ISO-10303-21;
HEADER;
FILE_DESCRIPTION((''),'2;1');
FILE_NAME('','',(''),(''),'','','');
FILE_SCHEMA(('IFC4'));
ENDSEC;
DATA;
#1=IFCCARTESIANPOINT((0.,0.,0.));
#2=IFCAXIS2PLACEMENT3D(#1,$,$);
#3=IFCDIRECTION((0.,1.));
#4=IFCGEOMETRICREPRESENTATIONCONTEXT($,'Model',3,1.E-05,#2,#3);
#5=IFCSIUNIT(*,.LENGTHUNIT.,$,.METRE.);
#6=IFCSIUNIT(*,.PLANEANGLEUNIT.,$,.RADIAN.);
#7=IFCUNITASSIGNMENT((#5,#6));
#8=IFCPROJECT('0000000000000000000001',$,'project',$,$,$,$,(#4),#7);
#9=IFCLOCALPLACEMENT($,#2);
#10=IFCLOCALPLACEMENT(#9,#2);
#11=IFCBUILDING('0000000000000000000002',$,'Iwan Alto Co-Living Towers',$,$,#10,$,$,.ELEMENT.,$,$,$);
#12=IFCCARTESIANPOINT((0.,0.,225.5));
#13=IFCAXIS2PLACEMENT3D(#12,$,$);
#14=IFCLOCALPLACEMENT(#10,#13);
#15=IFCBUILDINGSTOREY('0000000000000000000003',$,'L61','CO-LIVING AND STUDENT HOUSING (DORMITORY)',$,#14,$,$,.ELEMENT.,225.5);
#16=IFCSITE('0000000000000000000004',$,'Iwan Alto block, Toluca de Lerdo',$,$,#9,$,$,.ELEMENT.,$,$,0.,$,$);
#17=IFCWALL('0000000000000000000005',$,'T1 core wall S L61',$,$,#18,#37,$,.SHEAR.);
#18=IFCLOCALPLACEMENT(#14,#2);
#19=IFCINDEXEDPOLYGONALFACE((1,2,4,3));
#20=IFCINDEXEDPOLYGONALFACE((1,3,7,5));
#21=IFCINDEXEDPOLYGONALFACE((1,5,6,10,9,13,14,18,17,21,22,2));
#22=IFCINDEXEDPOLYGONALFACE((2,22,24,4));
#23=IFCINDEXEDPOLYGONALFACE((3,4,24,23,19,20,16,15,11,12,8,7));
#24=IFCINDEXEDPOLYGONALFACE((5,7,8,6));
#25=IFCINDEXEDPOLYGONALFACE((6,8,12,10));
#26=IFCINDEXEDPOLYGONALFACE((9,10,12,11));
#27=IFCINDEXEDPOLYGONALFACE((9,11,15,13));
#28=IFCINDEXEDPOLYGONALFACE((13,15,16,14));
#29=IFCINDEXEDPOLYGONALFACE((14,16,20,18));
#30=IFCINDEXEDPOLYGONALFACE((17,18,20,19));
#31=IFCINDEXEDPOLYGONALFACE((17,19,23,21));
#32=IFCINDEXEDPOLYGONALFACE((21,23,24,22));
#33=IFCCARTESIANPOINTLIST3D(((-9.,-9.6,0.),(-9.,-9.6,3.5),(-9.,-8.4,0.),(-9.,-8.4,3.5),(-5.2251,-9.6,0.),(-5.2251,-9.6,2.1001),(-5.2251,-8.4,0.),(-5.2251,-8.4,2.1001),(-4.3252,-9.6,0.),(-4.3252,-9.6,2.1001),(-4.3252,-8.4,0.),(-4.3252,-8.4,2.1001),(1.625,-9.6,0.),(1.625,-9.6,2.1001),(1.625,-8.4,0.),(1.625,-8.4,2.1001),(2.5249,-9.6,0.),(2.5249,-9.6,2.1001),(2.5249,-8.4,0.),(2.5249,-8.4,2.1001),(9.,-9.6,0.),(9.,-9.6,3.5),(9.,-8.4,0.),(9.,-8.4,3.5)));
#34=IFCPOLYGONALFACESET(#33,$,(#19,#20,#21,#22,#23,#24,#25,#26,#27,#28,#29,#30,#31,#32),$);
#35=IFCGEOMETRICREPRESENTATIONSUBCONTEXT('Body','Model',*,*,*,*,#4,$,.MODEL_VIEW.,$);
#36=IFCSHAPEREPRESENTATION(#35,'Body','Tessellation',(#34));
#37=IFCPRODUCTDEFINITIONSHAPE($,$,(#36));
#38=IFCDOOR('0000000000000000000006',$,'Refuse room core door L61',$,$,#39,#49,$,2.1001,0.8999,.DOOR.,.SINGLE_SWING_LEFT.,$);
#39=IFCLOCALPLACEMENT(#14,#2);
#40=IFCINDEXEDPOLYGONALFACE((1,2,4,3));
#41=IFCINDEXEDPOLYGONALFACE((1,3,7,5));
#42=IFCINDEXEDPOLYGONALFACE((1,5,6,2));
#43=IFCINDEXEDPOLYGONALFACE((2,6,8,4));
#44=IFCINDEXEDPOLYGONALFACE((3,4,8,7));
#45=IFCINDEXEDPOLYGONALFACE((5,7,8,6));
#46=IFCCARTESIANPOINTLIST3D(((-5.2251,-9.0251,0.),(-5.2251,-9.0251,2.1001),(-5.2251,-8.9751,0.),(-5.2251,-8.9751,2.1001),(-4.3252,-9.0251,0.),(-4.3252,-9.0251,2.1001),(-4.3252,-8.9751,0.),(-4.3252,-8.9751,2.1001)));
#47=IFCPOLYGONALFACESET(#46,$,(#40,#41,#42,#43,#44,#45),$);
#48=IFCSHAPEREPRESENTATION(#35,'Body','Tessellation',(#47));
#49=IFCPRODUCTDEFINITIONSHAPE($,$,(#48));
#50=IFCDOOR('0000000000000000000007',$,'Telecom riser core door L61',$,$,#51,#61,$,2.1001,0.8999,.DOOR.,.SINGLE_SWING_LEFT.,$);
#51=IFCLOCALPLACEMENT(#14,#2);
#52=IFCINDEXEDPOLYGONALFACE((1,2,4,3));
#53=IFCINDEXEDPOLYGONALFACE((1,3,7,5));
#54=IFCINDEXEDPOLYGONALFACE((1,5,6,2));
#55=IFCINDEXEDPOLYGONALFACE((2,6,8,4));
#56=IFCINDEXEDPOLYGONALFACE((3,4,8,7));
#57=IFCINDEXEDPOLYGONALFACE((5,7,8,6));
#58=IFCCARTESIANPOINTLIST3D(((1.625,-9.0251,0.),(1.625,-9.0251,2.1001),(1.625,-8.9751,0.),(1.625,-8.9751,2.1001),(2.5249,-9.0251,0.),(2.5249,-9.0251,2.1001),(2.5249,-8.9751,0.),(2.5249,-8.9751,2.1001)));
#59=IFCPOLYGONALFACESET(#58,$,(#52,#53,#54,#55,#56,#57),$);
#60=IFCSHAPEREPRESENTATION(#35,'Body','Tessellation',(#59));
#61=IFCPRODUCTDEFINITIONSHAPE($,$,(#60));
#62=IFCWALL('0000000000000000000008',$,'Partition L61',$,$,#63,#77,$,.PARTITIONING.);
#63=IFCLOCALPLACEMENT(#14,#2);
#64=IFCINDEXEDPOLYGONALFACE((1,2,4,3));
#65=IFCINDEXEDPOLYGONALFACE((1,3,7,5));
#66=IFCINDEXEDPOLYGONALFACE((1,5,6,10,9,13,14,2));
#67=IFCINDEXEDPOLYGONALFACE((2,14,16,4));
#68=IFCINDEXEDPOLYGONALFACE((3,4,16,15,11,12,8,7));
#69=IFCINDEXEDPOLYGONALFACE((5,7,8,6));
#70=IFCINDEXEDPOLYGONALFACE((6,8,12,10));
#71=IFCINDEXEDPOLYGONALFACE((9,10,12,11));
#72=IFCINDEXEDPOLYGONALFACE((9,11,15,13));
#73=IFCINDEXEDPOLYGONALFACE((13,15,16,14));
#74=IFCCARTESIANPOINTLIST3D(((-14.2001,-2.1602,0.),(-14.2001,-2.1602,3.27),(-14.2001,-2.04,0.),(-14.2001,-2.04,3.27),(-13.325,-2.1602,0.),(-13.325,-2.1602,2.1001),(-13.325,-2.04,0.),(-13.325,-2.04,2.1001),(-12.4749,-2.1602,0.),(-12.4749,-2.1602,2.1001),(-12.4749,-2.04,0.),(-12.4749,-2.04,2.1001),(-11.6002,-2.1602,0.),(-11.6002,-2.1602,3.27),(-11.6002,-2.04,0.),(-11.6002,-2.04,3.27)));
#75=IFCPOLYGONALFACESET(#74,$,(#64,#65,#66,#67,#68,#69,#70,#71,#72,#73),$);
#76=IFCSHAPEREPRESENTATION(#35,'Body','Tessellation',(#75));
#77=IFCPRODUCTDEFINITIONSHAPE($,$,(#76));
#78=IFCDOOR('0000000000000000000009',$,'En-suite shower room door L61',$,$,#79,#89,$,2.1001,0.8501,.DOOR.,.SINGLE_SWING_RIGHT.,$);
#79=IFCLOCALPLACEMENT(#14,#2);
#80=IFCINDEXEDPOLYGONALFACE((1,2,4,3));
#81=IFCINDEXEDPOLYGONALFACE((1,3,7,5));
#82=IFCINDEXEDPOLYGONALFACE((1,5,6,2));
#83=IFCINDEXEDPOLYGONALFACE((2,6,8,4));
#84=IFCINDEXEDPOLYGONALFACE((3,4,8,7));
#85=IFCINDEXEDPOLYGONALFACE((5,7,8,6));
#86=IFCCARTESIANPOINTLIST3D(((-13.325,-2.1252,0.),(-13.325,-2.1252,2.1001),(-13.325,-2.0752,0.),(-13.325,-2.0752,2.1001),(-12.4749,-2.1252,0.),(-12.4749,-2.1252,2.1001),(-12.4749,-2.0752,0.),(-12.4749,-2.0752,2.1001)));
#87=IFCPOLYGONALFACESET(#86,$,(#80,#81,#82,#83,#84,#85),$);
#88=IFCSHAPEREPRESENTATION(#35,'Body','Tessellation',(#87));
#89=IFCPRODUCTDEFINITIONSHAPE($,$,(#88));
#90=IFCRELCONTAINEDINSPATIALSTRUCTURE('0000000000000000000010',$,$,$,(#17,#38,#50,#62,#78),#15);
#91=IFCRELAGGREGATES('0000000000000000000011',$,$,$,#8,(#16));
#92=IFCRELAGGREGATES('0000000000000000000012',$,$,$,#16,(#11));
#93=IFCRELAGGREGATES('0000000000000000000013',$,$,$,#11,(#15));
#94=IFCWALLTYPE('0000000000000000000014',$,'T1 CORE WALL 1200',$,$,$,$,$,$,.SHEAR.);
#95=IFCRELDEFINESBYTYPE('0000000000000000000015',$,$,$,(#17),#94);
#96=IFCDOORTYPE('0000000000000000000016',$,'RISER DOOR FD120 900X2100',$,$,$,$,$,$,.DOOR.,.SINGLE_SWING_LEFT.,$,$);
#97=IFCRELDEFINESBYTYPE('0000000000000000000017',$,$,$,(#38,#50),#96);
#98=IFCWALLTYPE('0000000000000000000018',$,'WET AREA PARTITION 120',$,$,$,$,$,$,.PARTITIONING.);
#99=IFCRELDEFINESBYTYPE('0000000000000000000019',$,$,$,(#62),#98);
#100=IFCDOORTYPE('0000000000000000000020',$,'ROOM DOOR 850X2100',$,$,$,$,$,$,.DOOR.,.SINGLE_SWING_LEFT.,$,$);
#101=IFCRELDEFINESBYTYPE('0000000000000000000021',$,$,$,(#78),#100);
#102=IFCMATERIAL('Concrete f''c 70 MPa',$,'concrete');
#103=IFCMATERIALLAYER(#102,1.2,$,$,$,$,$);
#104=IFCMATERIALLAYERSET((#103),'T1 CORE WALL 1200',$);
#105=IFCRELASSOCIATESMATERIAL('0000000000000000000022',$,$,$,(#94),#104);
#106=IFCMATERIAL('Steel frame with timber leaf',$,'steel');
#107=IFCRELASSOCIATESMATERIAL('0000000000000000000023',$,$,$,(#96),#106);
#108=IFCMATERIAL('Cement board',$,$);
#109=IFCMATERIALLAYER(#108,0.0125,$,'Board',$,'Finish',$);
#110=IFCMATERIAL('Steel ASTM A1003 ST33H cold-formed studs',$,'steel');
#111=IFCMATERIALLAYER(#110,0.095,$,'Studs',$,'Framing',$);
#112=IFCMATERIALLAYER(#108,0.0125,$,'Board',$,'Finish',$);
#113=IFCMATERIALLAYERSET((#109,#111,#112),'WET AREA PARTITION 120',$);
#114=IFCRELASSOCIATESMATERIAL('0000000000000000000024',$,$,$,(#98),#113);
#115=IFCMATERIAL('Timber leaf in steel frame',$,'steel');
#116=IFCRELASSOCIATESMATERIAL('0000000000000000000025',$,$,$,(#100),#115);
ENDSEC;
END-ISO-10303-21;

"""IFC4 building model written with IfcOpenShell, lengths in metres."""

from ifc_helpers import new_model, si_unit, direction, frame, frame_2d, origin, place, context, subcontext, project, spatial, rectangle, extrude, material, layer, layer_set, type_object, element, fill, save


model = new_model("IFC4")

# Units and contexts
model_context = context("Model", 3, precision=1e-05, world=origin(), true_north=direction((0.0, 1.0)))
body_context = subcontext(model_context, "Body", "Model", "MODEL_VIEW")
ifc_project = project(units=[si_unit("LENGTHUNIT", "METRE"), si_unit("PLANEANGLEUNIT", "RADIAN")], contexts=[model_context])

# Site, building, storey
site_placement = place(None, origin())
site = spatial("IfcSite", under=ifc_project, at=site_placement, Name="Iwan Alto block, Toluca de Lerdo", CompositionType="ELEMENT", RefElevation=0.0)
building_placement = place(site_placement, origin())
building = spatial("IfcBuilding", under=site, at=building_placement, Name="Iwan Alto Co-Living Towers", CompositionType="ELEMENT")
storey_placement = place(building_placement, frame((0.0, 0.0, 225.5)))
storey = spatial("IfcBuildingStorey", under=building, at=storey_placement, Name="L61", Description="CO-LIVING AND STUDENT HOUSING (DORMITORY)", CompositionType="ELEMENT", Elevation=225.5)

# Shared definitions
ifc_material_1 = material(Name="Steel ASTM A1003 ST33H cold-formed studs", Category="steel")

# Wall, openings, doors
ifc_material_2 = material(Name="Concrete f'c 70 MPa", Category="concrete")
ifc_layer_1 = layer(ifc_material_2, 1.2)
ifc_layer_set_1 = layer_set([ifc_layer_1], Name="T1 CORE WALL 1200")
wall_type_1 = type_object("IfcWallType", Name="T1 CORE WALL 1200", PredefinedType="SHEAR", material=ifc_layer_set_1)
wall_1_placement = place(storey_placement, frame((-9.0, -9.0, 0.0), z_axis=(0.0, 0.0, 1.0), x_axis=(1.0, 0.0, 0.0)))
wall_1 = element("IfcWall", 1, at=wall_1_placement, inside=storey, type_object=wall_type_1, Name="T1 core wall S L61", PredefinedType="SHEAR", context=body_context, shape_type="SweptSolid", body=[
    extrude(rectangle(XDim=18.0, YDim=1.2, at=frame_2d((9.0, 0.0))), origin(), (0.0, 0.0, 1.0), 3.5),
])
opening_1_placement = place(wall_1_placement, frame((3.7749, 0.0, 0.0)))
opening_1 = element("IfcOpeningElement", 2, at=opening_1_placement, cuts=wall_1, PredefinedType="OPENING", context=body_context, shape_type="SweptSolid", body=[
    extrude(rectangle(XDim=0.8999, YDim=2.1001, at=frame_2d((0.45, 1.05))), frame((0.0, 0.6099, 0.0), z_axis=(0.0, -1.0, 0.0), x_axis=(1.0, 0.0, 0.0)), (0.0, 0.0, 1.0), 1.22),
])
opening_2_placement = place(wall_1_placement, frame((10.625, 0.0, 0.0)))
opening_2 = element("IfcOpeningElement", 3, at=opening_2_placement, cuts=wall_1, PredefinedType="OPENING", context=body_context, shape_type="SweptSolid", body=[
    extrude(rectangle(XDim=0.8999, YDim=2.1001, at=frame_2d((0.45, 1.05))), frame((0.0, 0.6099, 0.0), z_axis=(0.0, -1.0, 0.0), x_axis=(1.0, 0.0, 0.0)), (0.0, 0.0, 1.0), 1.22),
])
ifc_material_3 = material(Name="Steel frame with timber leaf", Category="steel")
door_type_1 = type_object("IfcDoorType", Name="RISER DOOR FD120 900X2100", OperationType="SINGLE_SWING_LEFT", PredefinedType="DOOR", material=ifc_material_3)
door_1_placement = place(opening_1_placement, origin())
door_1 = element("IfcDoor", 4, at=door_1_placement, inside=storey, type_object=door_type_1, Name="Refuse room core door L61", OperationType="SINGLE_SWING_LEFT", OverallHeight=2.1001, OverallWidth=0.8999, PredefinedType="DOOR", context=body_context, shape_type="SweptSolid", body=[
    extrude(rectangle(XDim=0.8999, YDim=2.1001, at=frame_2d((0.45, 1.05))), frame((0.0, 0.0249, 0.0), z_axis=(0.0, -1.0, 0.0), x_axis=(1.0, 0.0, 0.0)), (0.0, 0.0, 1.0), 0.05),
])
fill(opening_1, door_1)
door_2_placement = place(opening_2_placement, origin())
door_2 = element("IfcDoor", 5, at=door_2_placement, inside=storey, type_object=door_type_1, Name="Telecom riser core door L61", OperationType="SINGLE_SWING_LEFT", OverallHeight=2.1001, OverallWidth=0.8999, PredefinedType="DOOR", context=body_context, shape_type="SweptSolid", body=[
    extrude(rectangle(XDim=0.8999, YDim=2.1001, at=frame_2d((0.45, 1.05))), frame((0.0, 0.0249, 0.0), z_axis=(0.0, -1.0, 0.0), x_axis=(1.0, 0.0, 0.0)), (0.0, 0.0, 1.0), 0.05),
])
fill(opening_2, door_2)

# Wall, opening, door
ifc_material_4 = material(Name="Cement board")
ifc_layer_2 = layer(ifc_material_4, 0.0125, Name="Board", Category="Finish")
ifc_layer_3 = layer(ifc_material_1, 0.095, Name="Studs", Category="Framing")
ifc_layer_4 = layer(ifc_material_4, 0.0125, Name="Board", Category="Finish")
ifc_layer_set_2 = layer_set([ifc_layer_2, ifc_layer_3, ifc_layer_4], Name="WET AREA PARTITION 120")
wall_type_2 = type_object("IfcWallType", Name="WET AREA PARTITION 120", PredefinedType="PARTITIONING", material=ifc_layer_set_2)
wall_2_placement = place(storey_placement, frame((-14.2, -2.1001, 0.0), z_axis=(0.0, 0.0, 1.0), x_axis=(1.0, 0.0, 0.0)))
wall_2 = element("IfcWall", 6, at=wall_2_placement, inside=storey, type_object=wall_type_2, Name="Partition L61", PredefinedType="PARTITIONING", context=body_context, shape_type="SweptSolid", body=[
    extrude(rectangle(XDim=2.5999, YDim=0.1201, at=frame_2d((1.2998, 0.0))), origin(), (0.0, 0.0, 1.0), 3.27),
])
opening_3_placement = place(wall_2_placement, frame((0.875, 0.0, 0.0)))
opening_3 = element("IfcOpeningElement", 7, at=opening_3_placement, cuts=wall_2, PredefinedType="OPENING", context=body_context, shape_type="SweptSolid", body=[
    extrude(rectangle(XDim=0.8501, YDim=2.1001, at=frame_2d((0.425, 1.05))), frame((0.0, 0.0701, 0.0), z_axis=(0.0, -1.0, 0.0), x_axis=(1.0, 0.0, 0.0)), (0.0, 0.0, 1.0), 0.1401),
])
ifc_material_5 = material(Name="Timber leaf in steel frame", Category="steel")
door_type_2 = type_object("IfcDoorType", Name="ROOM DOOR 850X2100", OperationType="SINGLE_SWING_LEFT", PredefinedType="DOOR", material=ifc_material_5)
door_3_placement = place(opening_3_placement, origin())
door_3 = element("IfcDoor", 8, at=door_3_placement, inside=storey, type_object=door_type_2, Name="En-suite shower room door L61", OperationType="SINGLE_SWING_RIGHT", OverallHeight=2.1001, OverallWidth=0.8501, PredefinedType="DOOR", context=body_context, shape_type="SweptSolid", body=[
    extrude(rectangle(XDim=0.8501, YDim=2.1001, at=frame_2d((0.425, 1.05))), frame((0.0, 0.0249, 0.0), z_axis=(0.0, -1.0, 0.0), x_axis=(1.0, 0.0, 0.0)), (0.0, 0.0, 1.0), 0.05),
])
fill(opening_3, door_3)

save(model, "model.ifc")
